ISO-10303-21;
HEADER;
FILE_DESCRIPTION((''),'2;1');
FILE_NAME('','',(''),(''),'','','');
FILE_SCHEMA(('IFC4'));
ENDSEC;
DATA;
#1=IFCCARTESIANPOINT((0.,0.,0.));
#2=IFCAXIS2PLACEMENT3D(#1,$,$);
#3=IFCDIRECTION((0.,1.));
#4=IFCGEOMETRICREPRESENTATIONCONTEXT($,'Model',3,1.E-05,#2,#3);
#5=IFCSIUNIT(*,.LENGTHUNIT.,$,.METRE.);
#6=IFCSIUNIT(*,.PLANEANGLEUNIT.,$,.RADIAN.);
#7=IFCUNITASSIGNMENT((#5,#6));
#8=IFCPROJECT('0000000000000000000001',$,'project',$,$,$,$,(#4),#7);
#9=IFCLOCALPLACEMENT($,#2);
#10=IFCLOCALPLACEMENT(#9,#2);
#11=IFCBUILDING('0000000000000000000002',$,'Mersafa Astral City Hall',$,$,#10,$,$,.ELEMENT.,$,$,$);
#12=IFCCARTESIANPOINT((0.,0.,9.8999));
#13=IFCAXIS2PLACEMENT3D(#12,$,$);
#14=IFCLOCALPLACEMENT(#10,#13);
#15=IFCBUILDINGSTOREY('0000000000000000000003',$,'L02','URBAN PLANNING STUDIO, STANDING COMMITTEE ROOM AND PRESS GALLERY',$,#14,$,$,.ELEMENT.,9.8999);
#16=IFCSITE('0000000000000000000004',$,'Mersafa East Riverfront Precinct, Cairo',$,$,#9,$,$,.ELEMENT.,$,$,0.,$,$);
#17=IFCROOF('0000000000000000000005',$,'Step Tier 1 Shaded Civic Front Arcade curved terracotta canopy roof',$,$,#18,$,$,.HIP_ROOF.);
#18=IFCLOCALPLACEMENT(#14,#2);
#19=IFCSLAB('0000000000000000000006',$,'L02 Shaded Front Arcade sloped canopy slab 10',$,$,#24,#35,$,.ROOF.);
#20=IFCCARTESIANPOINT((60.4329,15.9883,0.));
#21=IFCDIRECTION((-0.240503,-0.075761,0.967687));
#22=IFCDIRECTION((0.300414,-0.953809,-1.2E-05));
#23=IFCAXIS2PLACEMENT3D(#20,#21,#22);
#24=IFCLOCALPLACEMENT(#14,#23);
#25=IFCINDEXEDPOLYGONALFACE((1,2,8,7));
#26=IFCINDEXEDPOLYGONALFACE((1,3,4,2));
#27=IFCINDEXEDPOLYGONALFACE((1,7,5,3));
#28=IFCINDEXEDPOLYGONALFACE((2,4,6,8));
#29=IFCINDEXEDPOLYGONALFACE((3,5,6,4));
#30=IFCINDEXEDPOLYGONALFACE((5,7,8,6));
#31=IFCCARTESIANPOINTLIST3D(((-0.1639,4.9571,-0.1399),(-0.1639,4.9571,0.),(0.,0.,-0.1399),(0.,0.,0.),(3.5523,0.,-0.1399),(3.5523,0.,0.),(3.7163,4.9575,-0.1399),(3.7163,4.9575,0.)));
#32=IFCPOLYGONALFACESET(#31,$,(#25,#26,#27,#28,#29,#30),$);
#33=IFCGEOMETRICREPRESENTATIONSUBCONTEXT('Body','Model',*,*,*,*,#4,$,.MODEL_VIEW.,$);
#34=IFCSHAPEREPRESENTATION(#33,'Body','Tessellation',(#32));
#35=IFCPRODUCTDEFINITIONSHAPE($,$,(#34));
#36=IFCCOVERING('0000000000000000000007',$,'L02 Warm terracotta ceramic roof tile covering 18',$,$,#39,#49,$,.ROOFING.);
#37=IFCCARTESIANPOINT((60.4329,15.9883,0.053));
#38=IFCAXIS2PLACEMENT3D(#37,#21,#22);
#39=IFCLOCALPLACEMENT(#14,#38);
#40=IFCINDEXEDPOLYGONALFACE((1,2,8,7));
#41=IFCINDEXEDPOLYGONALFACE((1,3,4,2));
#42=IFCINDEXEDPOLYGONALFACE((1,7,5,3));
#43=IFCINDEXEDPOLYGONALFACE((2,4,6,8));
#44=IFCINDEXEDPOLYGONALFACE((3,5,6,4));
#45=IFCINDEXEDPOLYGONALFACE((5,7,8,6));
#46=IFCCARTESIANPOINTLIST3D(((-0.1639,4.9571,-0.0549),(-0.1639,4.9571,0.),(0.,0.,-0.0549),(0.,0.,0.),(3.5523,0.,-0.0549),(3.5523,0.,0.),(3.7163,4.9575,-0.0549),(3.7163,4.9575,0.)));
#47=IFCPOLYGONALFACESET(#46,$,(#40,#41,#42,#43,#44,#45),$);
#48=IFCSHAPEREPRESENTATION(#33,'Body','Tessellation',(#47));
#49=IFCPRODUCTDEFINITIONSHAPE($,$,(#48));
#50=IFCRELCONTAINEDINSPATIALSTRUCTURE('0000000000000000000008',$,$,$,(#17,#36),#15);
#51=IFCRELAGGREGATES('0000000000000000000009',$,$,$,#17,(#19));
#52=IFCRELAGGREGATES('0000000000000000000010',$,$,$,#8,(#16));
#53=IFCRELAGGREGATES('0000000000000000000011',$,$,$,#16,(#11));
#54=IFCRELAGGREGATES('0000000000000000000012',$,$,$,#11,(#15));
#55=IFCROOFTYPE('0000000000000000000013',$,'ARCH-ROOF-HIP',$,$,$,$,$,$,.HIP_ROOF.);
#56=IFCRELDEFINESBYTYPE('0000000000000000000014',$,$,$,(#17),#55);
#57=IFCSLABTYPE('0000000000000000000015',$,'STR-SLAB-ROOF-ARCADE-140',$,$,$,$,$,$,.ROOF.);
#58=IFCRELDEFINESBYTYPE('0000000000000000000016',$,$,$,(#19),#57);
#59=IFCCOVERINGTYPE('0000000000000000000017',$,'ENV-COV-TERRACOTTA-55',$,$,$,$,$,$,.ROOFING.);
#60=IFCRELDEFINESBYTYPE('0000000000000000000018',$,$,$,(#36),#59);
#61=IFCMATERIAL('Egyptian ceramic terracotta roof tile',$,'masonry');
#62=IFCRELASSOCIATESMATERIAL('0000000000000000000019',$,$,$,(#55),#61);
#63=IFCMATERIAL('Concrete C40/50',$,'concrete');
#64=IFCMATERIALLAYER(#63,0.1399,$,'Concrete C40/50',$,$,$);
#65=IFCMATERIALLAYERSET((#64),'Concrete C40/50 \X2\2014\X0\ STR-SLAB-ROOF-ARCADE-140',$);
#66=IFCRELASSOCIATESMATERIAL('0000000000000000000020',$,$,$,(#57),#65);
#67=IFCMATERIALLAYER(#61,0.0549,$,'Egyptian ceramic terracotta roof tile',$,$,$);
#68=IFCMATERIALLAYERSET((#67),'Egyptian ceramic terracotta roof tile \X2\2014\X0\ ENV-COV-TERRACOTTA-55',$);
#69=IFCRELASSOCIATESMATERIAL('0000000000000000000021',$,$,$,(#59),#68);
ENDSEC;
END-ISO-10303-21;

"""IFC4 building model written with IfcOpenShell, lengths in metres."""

from ifc_helpers import new_model, si_unit, direction, frame, origin, place, context, subcontext, project, spatial, polyline, outline, extrude, material, layer, layer_set, type_object, element, aggregate, save


model = new_model("IFC4")

# Units and contexts
model_context = context("Model", 3, precision=1e-05, world=origin(), true_north=direction((0.0, 1.0)))
body_context = subcontext(model_context, "Body", "Model", "MODEL_VIEW")
ifc_project = project(units=[si_unit("LENGTHUNIT", "METRE"), si_unit("PLANEANGLEUNIT", "RADIAN")], contexts=[model_context])

# Site, building, storey
site_placement = place(None, origin())
site = spatial("IfcSite", under=ifc_project, at=site_placement, Name="Mersafa East Riverfront Precinct, Cairo", CompositionType="ELEMENT", RefElevation=0.0)
building_placement = place(site_placement, origin())
building = spatial("IfcBuilding", under=site, at=building_placement, Name="Mersafa Astral City Hall", CompositionType="ELEMENT")
storey_placement = place(building_placement, frame((0.0, 0.0, 9.8999)))
storey = spatial("IfcBuildingStorey", under=building, at=storey_placement, Name="L02", Description="URBAN PLANNING STUDIO, STANDING COMMITTEE ROOM AND PRESS GALLERY", CompositionType="ELEMENT", Elevation=9.8999)

# Shared definitions
ifc_material_1 = material(Name="Concrete C40/50", Category="concrete")

# Roof, slab
ifc_material_2 = material(Name="Egyptian ceramic terracotta roof tile", Category="masonry")
roof_type = type_object("IfcRoofType", Name="ARCH-ROOF-HIP", PredefinedType="HIP_ROOF", material=ifc_material_2)
roof_placement = place(storey_placement, origin())
roof = element("IfcRoof", 1, at=roof_placement, inside=storey, type_object=roof_type, Name="Step Tier 1 Shaded Civic Front Arcade curved terracotta canopy roof", PredefinedType="HIP_ROOF")
ifc_layer_1 = layer(ifc_material_1, 0.1399, Name="Concrete C40/50")
ifc_layer_set_1 = layer_set([ifc_layer_1], Name="Concrete C40/50 — STR-SLAB-ROOF-ARCADE-140")
slab_type = type_object("IfcSlabType", Name="STR-SLAB-ROOF-ARCADE-140", PredefinedType="ROOF", material=ifc_layer_set_1)
slab_placement = place(storey_placement, frame((60.4329, 15.9883, 0.0), z_axis=(-0.240503, -0.075761, 0.967687), x_axis=(0.300414, -0.953809, -0.000012)))
slab = element("IfcSlab", 2, at=slab_placement, type_object=slab_type, Name="L02 Shaded Front Arcade sloped canopy slab 10", PredefinedType="ROOF", context=body_context, shape_type="SweptSolid", body=[
    extrude(outline(polyline([(0.0, 0.0), (3.5523, 0.0), (3.7163, 4.9575), (-0.1639, 4.9571), (0.0, 0.0)])), origin(), (0.0, 0.0, -1.0), 0.1399),
])
aggregate(roof, [slab])

# Covering
ifc_layer_2 = layer(ifc_material_2, 0.0549, Name="Egyptian ceramic terracotta roof tile")
ifc_layer_set_2 = layer_set([ifc_layer_2], Name="Egyptian ceramic terracotta roof tile — ENV-COV-TERRACOTTA-55")
covering_type_1 = type_object("IfcCoveringType", Name="ENV-COV-TERRACOTTA-55", PredefinedType="ROOFING", material=ifc_layer_set_2)
covering_1_placement = place(storey_placement, frame((60.4329, 15.9883, 0.053), z_axis=(-0.240503, -0.075761, 0.967687), x_axis=(0.300414, -0.953809, -0.000012)))
element("IfcCovering", 3, at=covering_1_placement, inside=storey, type_object=covering_type_1, Name="L02 Warm terracotta ceramic roof tile covering 18", PredefinedType="ROOFING", context=body_context, shape_type="SweptSolid", body=[
    extrude(outline(polyline([(0.0, 0.0), (3.5523, 0.0), (3.7163, 4.9575), (-0.1639, 4.9571), (0.0, 0.0)])), origin(), (0.0, 0.0, -1.0), 0.0549),
])

save(model, "model.ifc")
